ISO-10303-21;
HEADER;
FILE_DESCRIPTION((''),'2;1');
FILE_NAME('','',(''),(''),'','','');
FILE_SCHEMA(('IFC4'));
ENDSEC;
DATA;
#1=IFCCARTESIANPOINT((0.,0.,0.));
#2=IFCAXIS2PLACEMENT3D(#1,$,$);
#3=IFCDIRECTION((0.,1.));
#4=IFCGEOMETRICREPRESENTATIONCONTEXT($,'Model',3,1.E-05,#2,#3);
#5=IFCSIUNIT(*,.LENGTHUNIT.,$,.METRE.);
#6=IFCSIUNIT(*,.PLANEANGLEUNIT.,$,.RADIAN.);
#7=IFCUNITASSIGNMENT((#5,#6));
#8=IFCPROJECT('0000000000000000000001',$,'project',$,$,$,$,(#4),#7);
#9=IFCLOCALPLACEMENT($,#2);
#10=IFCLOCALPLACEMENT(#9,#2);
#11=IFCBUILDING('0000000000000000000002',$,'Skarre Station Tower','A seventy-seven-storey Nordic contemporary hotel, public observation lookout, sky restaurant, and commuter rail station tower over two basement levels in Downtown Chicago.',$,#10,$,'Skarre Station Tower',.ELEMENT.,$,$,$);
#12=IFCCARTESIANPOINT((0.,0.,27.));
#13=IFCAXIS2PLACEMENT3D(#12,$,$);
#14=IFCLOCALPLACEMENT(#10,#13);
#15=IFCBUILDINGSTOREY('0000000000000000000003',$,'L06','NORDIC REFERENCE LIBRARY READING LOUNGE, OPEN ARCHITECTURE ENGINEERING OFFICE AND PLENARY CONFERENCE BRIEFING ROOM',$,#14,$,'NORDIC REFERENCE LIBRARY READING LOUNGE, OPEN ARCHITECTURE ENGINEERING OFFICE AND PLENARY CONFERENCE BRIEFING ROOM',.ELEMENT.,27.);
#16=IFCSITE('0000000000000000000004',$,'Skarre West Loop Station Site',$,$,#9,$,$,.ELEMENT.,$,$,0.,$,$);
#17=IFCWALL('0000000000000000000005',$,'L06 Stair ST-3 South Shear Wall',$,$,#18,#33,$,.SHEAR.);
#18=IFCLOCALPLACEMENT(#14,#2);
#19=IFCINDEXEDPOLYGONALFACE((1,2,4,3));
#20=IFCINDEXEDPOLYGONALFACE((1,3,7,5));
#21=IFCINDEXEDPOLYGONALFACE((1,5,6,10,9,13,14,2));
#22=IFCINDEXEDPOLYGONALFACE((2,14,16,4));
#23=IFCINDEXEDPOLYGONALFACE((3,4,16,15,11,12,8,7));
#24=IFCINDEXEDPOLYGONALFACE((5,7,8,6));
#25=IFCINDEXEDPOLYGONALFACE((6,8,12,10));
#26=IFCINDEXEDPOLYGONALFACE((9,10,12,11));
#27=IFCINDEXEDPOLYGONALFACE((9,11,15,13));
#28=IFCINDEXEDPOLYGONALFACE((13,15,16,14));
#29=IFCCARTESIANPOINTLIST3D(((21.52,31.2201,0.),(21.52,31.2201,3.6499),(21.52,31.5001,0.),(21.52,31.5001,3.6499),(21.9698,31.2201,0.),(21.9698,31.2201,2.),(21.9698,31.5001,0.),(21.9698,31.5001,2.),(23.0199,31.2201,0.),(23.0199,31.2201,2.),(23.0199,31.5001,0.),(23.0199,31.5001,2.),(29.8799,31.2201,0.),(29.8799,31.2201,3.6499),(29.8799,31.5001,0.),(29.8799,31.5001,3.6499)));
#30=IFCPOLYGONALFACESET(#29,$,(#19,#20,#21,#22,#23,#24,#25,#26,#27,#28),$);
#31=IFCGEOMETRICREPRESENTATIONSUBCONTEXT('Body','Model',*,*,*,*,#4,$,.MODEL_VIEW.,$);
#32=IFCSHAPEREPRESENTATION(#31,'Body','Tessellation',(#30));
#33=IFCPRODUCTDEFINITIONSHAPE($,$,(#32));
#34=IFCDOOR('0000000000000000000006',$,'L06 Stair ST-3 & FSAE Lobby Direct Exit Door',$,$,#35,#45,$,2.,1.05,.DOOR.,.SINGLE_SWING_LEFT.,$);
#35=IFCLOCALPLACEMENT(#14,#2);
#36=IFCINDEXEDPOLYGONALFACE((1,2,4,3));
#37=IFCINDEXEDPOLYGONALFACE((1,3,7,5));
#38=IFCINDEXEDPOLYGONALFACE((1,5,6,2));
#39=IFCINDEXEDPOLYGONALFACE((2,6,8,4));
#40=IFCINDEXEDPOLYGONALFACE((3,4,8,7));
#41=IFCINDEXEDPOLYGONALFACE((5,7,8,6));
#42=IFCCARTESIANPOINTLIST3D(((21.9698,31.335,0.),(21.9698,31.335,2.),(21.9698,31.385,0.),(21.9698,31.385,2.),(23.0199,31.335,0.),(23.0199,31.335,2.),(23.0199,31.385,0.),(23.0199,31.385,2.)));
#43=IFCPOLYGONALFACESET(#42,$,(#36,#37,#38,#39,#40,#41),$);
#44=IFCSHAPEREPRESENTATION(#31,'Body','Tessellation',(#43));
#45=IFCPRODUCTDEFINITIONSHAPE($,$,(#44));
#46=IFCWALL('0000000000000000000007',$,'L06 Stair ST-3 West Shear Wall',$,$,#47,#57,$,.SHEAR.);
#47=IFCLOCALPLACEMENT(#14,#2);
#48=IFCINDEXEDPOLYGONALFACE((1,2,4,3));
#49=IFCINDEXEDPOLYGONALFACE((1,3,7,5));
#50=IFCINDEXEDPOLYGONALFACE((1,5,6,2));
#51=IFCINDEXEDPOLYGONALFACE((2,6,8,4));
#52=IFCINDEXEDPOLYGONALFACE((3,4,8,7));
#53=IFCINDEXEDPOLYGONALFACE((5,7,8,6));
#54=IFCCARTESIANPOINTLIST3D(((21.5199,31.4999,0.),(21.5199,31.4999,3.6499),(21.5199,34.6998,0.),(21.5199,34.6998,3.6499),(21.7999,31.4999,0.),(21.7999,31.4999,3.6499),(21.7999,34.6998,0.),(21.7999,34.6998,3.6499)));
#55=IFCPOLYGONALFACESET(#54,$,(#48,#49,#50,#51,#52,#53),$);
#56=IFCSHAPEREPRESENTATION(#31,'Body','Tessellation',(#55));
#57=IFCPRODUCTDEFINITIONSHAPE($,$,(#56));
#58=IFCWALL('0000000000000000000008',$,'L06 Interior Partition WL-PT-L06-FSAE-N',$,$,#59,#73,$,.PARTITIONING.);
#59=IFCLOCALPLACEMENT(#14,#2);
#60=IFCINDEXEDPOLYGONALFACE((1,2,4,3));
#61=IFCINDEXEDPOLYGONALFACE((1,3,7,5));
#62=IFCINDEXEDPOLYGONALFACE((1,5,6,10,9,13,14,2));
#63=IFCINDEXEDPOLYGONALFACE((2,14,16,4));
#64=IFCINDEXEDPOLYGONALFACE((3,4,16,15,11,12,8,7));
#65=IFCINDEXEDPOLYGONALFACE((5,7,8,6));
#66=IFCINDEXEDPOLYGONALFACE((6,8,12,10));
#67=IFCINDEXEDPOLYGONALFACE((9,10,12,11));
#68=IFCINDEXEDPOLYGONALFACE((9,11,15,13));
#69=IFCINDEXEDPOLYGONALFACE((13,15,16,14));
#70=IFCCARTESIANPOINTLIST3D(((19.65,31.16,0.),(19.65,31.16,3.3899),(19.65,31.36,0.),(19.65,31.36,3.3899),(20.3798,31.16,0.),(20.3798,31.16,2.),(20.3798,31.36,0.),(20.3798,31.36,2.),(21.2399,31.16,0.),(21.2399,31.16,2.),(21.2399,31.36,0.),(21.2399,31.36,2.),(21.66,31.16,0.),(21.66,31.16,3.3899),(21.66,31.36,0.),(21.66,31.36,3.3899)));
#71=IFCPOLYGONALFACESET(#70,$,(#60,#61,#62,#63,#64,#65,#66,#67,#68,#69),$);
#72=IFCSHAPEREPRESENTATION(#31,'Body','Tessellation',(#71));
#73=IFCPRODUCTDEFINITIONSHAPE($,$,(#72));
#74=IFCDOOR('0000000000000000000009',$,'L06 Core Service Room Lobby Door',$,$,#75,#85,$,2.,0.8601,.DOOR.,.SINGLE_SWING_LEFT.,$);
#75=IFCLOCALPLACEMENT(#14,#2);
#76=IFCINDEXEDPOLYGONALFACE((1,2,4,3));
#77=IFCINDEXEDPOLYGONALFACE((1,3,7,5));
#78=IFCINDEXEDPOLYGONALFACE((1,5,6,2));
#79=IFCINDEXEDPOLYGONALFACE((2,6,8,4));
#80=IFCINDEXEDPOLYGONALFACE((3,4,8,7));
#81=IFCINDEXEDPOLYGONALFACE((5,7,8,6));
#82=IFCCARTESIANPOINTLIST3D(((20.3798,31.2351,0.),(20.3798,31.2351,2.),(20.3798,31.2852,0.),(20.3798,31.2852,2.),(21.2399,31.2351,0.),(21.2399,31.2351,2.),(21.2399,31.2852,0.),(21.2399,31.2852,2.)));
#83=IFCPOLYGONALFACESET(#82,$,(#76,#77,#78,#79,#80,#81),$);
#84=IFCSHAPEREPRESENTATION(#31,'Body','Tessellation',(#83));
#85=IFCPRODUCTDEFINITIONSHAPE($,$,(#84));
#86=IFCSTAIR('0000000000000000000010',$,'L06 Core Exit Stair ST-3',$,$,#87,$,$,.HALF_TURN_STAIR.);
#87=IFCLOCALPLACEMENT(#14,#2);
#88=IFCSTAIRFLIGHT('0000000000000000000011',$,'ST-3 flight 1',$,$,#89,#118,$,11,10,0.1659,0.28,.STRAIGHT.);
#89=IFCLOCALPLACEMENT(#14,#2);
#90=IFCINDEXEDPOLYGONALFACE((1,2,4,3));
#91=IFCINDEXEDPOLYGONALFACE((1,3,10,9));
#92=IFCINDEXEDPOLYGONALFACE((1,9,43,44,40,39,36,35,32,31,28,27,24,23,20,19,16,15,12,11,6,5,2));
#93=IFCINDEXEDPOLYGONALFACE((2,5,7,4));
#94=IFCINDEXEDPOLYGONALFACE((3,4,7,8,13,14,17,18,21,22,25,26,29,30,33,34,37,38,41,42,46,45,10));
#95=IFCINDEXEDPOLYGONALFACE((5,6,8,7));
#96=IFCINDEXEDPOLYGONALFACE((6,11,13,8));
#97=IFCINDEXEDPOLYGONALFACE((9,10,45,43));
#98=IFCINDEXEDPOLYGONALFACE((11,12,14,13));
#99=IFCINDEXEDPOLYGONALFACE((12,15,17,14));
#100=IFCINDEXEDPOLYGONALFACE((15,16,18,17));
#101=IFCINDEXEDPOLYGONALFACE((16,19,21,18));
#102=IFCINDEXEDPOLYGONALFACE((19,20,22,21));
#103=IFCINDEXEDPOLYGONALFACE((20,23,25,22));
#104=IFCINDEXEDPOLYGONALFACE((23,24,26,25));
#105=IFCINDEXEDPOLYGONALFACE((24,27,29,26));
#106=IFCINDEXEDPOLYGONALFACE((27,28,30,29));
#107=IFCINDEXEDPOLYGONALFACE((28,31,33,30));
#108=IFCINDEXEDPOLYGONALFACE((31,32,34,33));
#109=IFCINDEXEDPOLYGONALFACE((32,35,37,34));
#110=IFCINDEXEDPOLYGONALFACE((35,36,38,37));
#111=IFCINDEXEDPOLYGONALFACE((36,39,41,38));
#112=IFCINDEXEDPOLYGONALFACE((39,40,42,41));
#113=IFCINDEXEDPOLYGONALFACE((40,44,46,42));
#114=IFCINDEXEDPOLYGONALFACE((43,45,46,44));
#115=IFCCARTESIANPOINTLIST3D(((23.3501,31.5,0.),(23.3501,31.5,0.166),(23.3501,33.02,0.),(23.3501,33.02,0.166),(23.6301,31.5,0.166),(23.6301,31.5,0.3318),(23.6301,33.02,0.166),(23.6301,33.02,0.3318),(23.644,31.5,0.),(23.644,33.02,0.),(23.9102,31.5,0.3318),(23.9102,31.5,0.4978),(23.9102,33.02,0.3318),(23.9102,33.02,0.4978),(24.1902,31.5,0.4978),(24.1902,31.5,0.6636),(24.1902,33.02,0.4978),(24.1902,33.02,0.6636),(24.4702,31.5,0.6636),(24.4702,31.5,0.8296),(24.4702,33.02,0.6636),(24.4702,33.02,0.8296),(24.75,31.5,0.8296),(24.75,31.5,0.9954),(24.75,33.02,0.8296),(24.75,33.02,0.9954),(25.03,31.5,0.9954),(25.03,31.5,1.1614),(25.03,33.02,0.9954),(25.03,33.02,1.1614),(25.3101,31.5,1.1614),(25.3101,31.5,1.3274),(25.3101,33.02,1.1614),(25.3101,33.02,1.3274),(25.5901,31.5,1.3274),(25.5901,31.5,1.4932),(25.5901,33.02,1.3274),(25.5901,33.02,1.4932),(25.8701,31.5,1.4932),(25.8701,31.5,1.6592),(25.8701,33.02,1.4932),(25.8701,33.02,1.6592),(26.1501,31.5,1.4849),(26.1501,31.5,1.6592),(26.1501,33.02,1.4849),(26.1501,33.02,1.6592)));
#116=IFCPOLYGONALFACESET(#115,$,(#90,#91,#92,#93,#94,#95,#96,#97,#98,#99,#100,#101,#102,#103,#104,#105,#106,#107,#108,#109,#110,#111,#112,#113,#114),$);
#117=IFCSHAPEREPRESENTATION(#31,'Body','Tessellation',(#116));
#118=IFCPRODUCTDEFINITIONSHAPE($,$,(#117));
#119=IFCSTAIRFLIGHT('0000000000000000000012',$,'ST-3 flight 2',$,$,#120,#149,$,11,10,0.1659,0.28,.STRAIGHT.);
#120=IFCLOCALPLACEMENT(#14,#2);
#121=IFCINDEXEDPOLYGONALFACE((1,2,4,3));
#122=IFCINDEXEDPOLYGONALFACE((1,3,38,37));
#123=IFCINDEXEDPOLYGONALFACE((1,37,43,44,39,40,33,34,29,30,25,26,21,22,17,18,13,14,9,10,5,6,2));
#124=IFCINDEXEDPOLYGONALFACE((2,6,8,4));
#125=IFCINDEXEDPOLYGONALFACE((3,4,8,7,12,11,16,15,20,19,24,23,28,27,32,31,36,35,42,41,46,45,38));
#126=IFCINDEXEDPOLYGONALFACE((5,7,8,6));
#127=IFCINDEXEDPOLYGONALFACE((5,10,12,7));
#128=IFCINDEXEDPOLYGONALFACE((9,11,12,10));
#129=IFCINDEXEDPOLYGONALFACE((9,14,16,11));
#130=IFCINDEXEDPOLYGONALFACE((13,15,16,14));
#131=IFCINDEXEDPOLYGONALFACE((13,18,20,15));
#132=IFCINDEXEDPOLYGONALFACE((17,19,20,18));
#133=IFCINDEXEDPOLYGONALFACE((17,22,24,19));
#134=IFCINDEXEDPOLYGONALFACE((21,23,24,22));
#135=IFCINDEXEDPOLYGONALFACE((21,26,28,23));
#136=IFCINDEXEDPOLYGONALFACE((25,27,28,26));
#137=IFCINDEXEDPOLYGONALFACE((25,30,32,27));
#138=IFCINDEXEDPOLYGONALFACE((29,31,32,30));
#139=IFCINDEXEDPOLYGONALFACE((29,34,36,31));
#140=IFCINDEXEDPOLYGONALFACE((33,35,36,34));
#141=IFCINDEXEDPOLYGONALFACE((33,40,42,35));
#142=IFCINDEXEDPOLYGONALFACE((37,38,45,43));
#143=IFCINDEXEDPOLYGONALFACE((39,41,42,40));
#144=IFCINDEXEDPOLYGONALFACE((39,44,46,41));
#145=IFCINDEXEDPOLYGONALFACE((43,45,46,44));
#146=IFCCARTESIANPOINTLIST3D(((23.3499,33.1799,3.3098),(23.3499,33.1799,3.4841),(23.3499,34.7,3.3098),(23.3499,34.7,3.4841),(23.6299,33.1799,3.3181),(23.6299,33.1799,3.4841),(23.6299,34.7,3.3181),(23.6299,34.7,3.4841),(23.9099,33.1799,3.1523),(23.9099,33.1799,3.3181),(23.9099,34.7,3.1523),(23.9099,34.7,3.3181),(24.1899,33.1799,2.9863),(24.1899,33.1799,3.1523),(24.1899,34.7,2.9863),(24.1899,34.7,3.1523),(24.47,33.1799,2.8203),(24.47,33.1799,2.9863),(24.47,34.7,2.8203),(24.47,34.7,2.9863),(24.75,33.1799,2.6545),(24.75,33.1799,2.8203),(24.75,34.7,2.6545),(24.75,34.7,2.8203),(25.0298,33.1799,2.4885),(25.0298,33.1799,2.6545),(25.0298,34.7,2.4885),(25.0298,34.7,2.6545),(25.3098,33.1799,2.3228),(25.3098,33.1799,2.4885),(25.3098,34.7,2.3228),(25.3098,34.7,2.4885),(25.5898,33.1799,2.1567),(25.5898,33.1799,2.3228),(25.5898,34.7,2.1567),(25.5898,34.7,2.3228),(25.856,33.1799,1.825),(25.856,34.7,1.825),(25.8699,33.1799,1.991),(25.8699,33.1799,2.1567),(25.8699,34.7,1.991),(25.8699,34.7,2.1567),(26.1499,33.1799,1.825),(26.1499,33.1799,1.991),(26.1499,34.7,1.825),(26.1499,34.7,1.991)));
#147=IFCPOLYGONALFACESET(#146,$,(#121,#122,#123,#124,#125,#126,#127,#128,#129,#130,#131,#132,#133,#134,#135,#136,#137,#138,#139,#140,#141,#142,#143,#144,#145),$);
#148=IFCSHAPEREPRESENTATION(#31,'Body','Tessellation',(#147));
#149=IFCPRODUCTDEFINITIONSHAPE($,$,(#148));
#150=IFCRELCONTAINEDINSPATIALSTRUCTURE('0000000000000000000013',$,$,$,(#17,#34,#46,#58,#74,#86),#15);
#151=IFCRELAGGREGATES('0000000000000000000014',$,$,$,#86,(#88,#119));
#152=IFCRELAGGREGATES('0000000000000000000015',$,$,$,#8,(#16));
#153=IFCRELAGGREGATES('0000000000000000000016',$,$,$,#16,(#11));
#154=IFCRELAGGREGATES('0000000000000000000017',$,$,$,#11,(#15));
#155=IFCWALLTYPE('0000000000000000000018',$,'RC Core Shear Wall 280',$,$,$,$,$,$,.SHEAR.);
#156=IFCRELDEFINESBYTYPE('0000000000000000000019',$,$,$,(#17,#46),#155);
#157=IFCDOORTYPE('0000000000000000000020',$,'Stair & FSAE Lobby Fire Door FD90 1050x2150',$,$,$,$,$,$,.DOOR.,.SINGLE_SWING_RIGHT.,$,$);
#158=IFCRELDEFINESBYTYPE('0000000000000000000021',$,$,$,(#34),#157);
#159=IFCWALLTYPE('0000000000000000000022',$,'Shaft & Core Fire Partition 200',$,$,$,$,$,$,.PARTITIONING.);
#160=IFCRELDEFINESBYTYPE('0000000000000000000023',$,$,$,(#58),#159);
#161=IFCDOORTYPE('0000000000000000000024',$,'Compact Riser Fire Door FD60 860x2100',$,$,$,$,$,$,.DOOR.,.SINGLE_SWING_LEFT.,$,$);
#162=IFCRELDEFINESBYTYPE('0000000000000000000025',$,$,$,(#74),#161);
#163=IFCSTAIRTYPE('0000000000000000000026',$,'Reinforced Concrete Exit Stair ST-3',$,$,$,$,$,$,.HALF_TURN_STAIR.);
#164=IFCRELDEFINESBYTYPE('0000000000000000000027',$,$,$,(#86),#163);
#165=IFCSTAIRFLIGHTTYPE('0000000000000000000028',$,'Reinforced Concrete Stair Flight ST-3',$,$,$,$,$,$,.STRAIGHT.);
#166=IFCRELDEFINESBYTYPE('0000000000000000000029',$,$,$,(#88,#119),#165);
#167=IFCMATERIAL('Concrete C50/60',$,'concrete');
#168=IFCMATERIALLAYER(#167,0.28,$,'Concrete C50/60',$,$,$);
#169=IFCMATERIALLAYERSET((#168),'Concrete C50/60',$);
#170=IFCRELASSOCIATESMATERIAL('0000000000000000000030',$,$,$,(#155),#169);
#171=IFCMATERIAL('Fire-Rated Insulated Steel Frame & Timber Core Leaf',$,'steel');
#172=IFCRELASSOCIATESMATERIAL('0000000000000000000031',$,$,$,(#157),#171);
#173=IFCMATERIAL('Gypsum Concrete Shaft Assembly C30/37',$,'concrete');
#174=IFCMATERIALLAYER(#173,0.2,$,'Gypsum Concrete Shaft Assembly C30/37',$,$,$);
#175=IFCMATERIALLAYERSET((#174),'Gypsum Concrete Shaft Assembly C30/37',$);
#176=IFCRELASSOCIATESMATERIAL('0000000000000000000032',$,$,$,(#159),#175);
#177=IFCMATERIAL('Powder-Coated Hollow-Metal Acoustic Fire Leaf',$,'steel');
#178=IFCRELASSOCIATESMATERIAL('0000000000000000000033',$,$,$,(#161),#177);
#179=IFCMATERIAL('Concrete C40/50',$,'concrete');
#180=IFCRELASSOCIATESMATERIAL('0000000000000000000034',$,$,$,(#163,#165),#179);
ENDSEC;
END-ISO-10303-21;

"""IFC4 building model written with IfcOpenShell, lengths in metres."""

from ifc_helpers import new_model, si_unit, direction, frame, frame_2d, origin, place, context, subcontext, project, spatial, polyline, rectangle, outline, extrude, material, layer, layer_set, type_object, element, fill, aggregate, save


model = new_model("IFC4")

# Units and contexts
model_context = context("Model", 3, precision=1e-05, world=origin(), true_north=direction((0.0, 1.0)))
body_context = subcontext(model_context, "Body", "Model", "MODEL_VIEW")
ifc_project = project(units=[si_unit("LENGTHUNIT", "METRE"), si_unit("PLANEANGLEUNIT", "RADIAN")], contexts=[model_context])

# Site, building, storey
site_placement = place(None, origin())
site = spatial("IfcSite", under=ifc_project, at=site_placement, Name="Skarre West Loop Station Site", CompositionType="ELEMENT", RefElevation=0.0)
building_placement = place(site_placement, origin())
building = spatial("IfcBuilding", under=site, at=building_placement, Name="Skarre Station Tower", Description="A seventy-seven-storey Nordic contemporary hotel, public observation lookout, sky restaurant, and commuter rail station tower over two basement levels in Downtown Chicago.", LongName="Skarre Station Tower", CompositionType="ELEMENT")
storey_placement = place(building_placement, frame((0.0, 0.0, 27.0)))
storey = spatial("IfcBuildingStorey", under=building, at=storey_placement, Name="L06", Description="NORDIC REFERENCE LIBRARY READING LOUNGE, OPEN ARCHITECTURE ENGINEERING OFFICE AND PLENARY CONFERENCE BRIEFING ROOM", LongName="NORDIC REFERENCE LIBRARY READING LOUNGE, OPEN ARCHITECTURE ENGINEERING OFFICE AND PLENARY CONFERENCE BRIEFING ROOM", CompositionType="ELEMENT", Elevation=27.0)

# Wall, opening, door
ifc_material_1 = material(Name="Concrete C50/60", Category="concrete")
ifc_layer_1 = layer(ifc_material_1, 0.28, Name="Concrete C50/60")
ifc_layer_set_1 = layer_set([ifc_layer_1], Name="Concrete C50/60")
wall_type_1 = type_object("IfcWallType", Name="RC Core Shear Wall 280", PredefinedType="SHEAR", material=ifc_layer_set_1)
wall_1_placement = place(storey_placement, frame((21.52, 31.3601, 0.0), z_axis=(0.0, 0.0, 1.0), x_axis=(1.0, 0.0, 0.0)))
wall_1 = element("IfcWall", 1, at=wall_1_placement, inside=storey, type_object=wall_type_1, Name="L06 Stair ST-3 South Shear Wall", PredefinedType="SHEAR", context=body_context, shape_type="SweptSolid", body=[
    extrude(rectangle(XDim=8.3599, YDim=0.28, at=frame_2d((4.1799, 0.0))), origin(), (0.0, 0.0, 1.0), 3.6499),
])
opening_1_placement = place(wall_1_placement, frame((0.45, 0.0, 0.0)))
opening_1 = element("IfcOpeningElement", 2, at=opening_1_placement, cuts=wall_1, PredefinedType="OPENING", context=body_context, shape_type="SweptSolid", body=[
    extrude(rectangle(XDim=1.05, YDim=2.0, at=frame_2d((0.5249, 1.0))), frame((0.0, 0.1499, 0.0), z_axis=(0.0, -1.0, 0.0), x_axis=(1.0, 0.0, 0.0)), (0.0, 0.0, 1.0), 0.3),
])
ifc_material_2 = material(Name="Fire-Rated Insulated Steel Frame & Timber Core Leaf", Category="steel")
door_type_1 = type_object("IfcDoorType", Name="Stair & FSAE Lobby Fire Door FD90 1050x2150", OperationType="SINGLE_SWING_RIGHT", PredefinedType="DOOR", material=ifc_material_2)
door_1_placement = place(opening_1_placement, origin())
door_1 = element("IfcDoor", 3, at=door_1_placement, inside=storey, type_object=door_type_1, Name="L06 Stair ST-3 & FSAE Lobby Direct Exit Door", OperationType="SINGLE_SWING_LEFT", OverallHeight=2.0, OverallWidth=1.05, PredefinedType="DOOR", context=body_context, shape_type="SweptSolid", body=[
    extrude(rectangle(XDim=1.05, YDim=2.0, at=frame_2d((0.5249, 1.0))), frame((0.0, 0.0249, 0.0), z_axis=(0.0, -1.0, 0.0), x_axis=(1.0, 0.0, 0.0)), (0.0, 0.0, 1.0), 0.05),
])
fill(opening_1, door_1)

# Wall
wall_2_placement = place(storey_placement, frame((21.6599, 34.7, 0.0), z_axis=(0.0, 0.0, 1.0), x_axis=(0.0, -1.0, 0.0)))
element("IfcWall", 4, at=wall_2_placement, inside=storey, type_object=wall_type_1, Name="L06 Stair ST-3 West Shear Wall", PredefinedType="SHEAR", context=body_context, shape_type="SweptSolid", body=[
    extrude(rectangle(XDim=3.2, YDim=0.28, at=frame_2d((1.6001, 0.0))), origin(), (0.0, 0.0, 1.0), 3.6499),
])

# Wall, opening, door
ifc_material_3 = material(Name="Gypsum Concrete Shaft Assembly C30/37", Category="concrete")
ifc_layer_2 = layer(ifc_material_3, 0.2, Name="Gypsum Concrete Shaft Assembly C30/37")
ifc_layer_set_2 = layer_set([ifc_layer_2], Name="Gypsum Concrete Shaft Assembly C30/37")
wall_type_2 = type_object("IfcWallType", Name="Shaft & Core Fire Partition 200", PredefinedType="PARTITIONING", material=ifc_layer_set_2)
wall_3_placement = place(storey_placement, frame((21.6599, 31.26, 0.0), z_axis=(0.0, 0.0, 1.0), x_axis=(-1.0, 0.0, 0.0)))
wall_3 = element("IfcWall", 5, at=wall_3_placement, inside=storey, type_object=wall_type_2, Name="L06 Interior Partition WL-PT-L06-FSAE-N", PredefinedType="PARTITIONING", context=body_context, shape_type="SweptSolid", body=[
    extrude(rectangle(XDim=2.01, YDim=0.2, at=frame_2d((1.0049, 0.0))), origin(), (0.0, 0.0, 1.0), 3.3899),
])
opening_2_placement = place(wall_3_placement, frame((0.4199, 0.0, 0.0)))
opening_2 = element("IfcOpeningElement", 6, at=opening_2_placement, cuts=wall_3, PredefinedType="OPENING", context=body_context, shape_type="SweptSolid", body=[
    extrude(rectangle(XDim=0.8601, YDim=2.0, at=frame_2d((0.4302, 1.0))), frame((0.0, 0.1099, 0.0), z_axis=(0.0, -1.0, 0.0), x_axis=(1.0, 0.0, 0.0)), (0.0, 0.0, 1.0), 0.22),
])
ifc_material_4 = material(Name="Powder-Coated Hollow-Metal Acoustic Fire Leaf", Category="steel")
door_type_2 = type_object("IfcDoorType", Name="Compact Riser Fire Door FD60 860x2100", OperationType="SINGLE_SWING_LEFT", PredefinedType="DOOR", material=ifc_material_4)
door_2_placement = place(opening_2_placement, origin())
door_2 = element("IfcDoor", 7, at=door_2_placement, inside=storey, type_object=door_type_2, Name="L06 Core Service Room Lobby Door", OperationType="SINGLE_SWING_LEFT", OverallHeight=2.0, OverallWidth=0.8601, PredefinedType="DOOR", context=body_context, shape_type="SweptSolid", body=[
    extrude(rectangle(XDim=0.8601, YDim=2.0, at=frame_2d((0.4302, 1.0))), frame((0.0, 0.0249, 0.0), z_axis=(0.0, -1.0, 0.0), x_axis=(1.0, 0.0, 0.0)), (0.0, 0.0, 1.0), 0.05),
])
fill(opening_2, door_2)

# Stair, stair flights
ifc_material_5 = material(Name="Concrete C40/50", Category="concrete")
stair_type = type_object("IfcStairType", Name="Reinforced Concrete Exit Stair ST-3", PredefinedType="HALF_TURN_STAIR", material=ifc_material_5)
stair_placement = place(storey_placement, origin())
stair = element("IfcStair", 8, at=stair_placement, inside=storey, type_object=stair_type, Name="L06 Core Exit Stair ST-3", PredefinedType="HALF_TURN_STAIR")
stair_flight_type = type_object("IfcStairFlightType", Name="Reinforced Concrete Stair Flight ST-3", PredefinedType="STRAIGHT", material=ifc_material_5)
stair_flight_1_placement = place(storey_placement, frame((23.3501, 32.26, 0.0), z_axis=(0.0, 0.0, 1.0), x_axis=(1.0, 0.0, 0.0)))
stair_flight_1 = element("IfcStairFlight", 9, at=stair_flight_1_placement, type_object=stair_flight_type, Name="ST-3 flight 1", NumberOfRisers=11, NumberOfTreads=10, PredefinedType="STRAIGHT", RiserHeight=0.1659, TreadLength=0.28, context=body_context, shape_type="SweptSolid", body=[
    extrude(outline(polyline([(0.0, 0.0), (0.0, 0.166), (0.28, 0.166), (0.28, 0.3318), (0.5601, 0.3318), (0.5601, 0.4978), (0.8401, 0.4978), (0.8401, 0.6636), (1.1201, 0.6636), (1.1201, 0.8296), (1.3999, 0.8296), (1.3999, 0.9954), (1.6799, 0.9954), (1.6799, 1.1614), (1.96, 1.1614), (1.96, 1.3274), (2.24, 1.3274), (2.24, 1.4932), (2.52, 1.4932), (2.52, 1.6592), (2.8, 1.6592), (2.8, 1.825), (2.8, 1.4849), (0.2939, 0.0), (0.0, 0.0)])), frame((0.0, 0.76, 0.0), z_axis=(0.0, -1.0, 0.0), x_axis=(1.0, 0.0, 0.0)), (0.0, 0.0, 1.0), 1.52),
])
stair_flight_2_placement = place(storey_placement, frame((26.1499, 33.9399, 1.825), z_axis=(0.0, 0.0, 1.0), x_axis=(-1.0, 0.0, 0.0)))
stair_flight_2 = element("IfcStairFlight", 10, at=stair_flight_2_placement, type_object=stair_flight_type, Name="ST-3 flight 2", NumberOfRisers=11, NumberOfTreads=10, PredefinedType="STRAIGHT", RiserHeight=0.1659, TreadLength=0.28, context=body_context, shape_type="SweptSolid", body=[
    extrude(outline(polyline([(0.0, 0.0), (0.0, 0.166), (0.28, 0.166), (0.28, 0.3318), (0.5601, 0.3318), (0.5601, 0.4978), (0.8401, 0.4978), (0.8401, 0.6636), (1.1201, 0.6636), (1.1201, 0.8296), (1.3999, 0.8296), (1.3999, 0.9954), (1.6799, 0.9954), (1.6799, 1.1614), (1.96, 1.1614), (1.96, 1.3274), (2.24, 1.3274), (2.24, 1.4932), (2.52, 1.4932), (2.52, 1.6592), (2.8, 1.6592), (2.8, 1.825), (2.8, 1.4849), (0.2939, 0.0), (0.0, 0.0)])), frame((0.0, 0.76, 0.0), z_axis=(0.0, -1.0, 0.0), x_axis=(1.0, 0.0, 0.0)), (0.0, 0.0, 1.0), 1.52),
])
aggregate(stair, [stair_flight_1, stair_flight_2])

save(model, "model.ifc")
